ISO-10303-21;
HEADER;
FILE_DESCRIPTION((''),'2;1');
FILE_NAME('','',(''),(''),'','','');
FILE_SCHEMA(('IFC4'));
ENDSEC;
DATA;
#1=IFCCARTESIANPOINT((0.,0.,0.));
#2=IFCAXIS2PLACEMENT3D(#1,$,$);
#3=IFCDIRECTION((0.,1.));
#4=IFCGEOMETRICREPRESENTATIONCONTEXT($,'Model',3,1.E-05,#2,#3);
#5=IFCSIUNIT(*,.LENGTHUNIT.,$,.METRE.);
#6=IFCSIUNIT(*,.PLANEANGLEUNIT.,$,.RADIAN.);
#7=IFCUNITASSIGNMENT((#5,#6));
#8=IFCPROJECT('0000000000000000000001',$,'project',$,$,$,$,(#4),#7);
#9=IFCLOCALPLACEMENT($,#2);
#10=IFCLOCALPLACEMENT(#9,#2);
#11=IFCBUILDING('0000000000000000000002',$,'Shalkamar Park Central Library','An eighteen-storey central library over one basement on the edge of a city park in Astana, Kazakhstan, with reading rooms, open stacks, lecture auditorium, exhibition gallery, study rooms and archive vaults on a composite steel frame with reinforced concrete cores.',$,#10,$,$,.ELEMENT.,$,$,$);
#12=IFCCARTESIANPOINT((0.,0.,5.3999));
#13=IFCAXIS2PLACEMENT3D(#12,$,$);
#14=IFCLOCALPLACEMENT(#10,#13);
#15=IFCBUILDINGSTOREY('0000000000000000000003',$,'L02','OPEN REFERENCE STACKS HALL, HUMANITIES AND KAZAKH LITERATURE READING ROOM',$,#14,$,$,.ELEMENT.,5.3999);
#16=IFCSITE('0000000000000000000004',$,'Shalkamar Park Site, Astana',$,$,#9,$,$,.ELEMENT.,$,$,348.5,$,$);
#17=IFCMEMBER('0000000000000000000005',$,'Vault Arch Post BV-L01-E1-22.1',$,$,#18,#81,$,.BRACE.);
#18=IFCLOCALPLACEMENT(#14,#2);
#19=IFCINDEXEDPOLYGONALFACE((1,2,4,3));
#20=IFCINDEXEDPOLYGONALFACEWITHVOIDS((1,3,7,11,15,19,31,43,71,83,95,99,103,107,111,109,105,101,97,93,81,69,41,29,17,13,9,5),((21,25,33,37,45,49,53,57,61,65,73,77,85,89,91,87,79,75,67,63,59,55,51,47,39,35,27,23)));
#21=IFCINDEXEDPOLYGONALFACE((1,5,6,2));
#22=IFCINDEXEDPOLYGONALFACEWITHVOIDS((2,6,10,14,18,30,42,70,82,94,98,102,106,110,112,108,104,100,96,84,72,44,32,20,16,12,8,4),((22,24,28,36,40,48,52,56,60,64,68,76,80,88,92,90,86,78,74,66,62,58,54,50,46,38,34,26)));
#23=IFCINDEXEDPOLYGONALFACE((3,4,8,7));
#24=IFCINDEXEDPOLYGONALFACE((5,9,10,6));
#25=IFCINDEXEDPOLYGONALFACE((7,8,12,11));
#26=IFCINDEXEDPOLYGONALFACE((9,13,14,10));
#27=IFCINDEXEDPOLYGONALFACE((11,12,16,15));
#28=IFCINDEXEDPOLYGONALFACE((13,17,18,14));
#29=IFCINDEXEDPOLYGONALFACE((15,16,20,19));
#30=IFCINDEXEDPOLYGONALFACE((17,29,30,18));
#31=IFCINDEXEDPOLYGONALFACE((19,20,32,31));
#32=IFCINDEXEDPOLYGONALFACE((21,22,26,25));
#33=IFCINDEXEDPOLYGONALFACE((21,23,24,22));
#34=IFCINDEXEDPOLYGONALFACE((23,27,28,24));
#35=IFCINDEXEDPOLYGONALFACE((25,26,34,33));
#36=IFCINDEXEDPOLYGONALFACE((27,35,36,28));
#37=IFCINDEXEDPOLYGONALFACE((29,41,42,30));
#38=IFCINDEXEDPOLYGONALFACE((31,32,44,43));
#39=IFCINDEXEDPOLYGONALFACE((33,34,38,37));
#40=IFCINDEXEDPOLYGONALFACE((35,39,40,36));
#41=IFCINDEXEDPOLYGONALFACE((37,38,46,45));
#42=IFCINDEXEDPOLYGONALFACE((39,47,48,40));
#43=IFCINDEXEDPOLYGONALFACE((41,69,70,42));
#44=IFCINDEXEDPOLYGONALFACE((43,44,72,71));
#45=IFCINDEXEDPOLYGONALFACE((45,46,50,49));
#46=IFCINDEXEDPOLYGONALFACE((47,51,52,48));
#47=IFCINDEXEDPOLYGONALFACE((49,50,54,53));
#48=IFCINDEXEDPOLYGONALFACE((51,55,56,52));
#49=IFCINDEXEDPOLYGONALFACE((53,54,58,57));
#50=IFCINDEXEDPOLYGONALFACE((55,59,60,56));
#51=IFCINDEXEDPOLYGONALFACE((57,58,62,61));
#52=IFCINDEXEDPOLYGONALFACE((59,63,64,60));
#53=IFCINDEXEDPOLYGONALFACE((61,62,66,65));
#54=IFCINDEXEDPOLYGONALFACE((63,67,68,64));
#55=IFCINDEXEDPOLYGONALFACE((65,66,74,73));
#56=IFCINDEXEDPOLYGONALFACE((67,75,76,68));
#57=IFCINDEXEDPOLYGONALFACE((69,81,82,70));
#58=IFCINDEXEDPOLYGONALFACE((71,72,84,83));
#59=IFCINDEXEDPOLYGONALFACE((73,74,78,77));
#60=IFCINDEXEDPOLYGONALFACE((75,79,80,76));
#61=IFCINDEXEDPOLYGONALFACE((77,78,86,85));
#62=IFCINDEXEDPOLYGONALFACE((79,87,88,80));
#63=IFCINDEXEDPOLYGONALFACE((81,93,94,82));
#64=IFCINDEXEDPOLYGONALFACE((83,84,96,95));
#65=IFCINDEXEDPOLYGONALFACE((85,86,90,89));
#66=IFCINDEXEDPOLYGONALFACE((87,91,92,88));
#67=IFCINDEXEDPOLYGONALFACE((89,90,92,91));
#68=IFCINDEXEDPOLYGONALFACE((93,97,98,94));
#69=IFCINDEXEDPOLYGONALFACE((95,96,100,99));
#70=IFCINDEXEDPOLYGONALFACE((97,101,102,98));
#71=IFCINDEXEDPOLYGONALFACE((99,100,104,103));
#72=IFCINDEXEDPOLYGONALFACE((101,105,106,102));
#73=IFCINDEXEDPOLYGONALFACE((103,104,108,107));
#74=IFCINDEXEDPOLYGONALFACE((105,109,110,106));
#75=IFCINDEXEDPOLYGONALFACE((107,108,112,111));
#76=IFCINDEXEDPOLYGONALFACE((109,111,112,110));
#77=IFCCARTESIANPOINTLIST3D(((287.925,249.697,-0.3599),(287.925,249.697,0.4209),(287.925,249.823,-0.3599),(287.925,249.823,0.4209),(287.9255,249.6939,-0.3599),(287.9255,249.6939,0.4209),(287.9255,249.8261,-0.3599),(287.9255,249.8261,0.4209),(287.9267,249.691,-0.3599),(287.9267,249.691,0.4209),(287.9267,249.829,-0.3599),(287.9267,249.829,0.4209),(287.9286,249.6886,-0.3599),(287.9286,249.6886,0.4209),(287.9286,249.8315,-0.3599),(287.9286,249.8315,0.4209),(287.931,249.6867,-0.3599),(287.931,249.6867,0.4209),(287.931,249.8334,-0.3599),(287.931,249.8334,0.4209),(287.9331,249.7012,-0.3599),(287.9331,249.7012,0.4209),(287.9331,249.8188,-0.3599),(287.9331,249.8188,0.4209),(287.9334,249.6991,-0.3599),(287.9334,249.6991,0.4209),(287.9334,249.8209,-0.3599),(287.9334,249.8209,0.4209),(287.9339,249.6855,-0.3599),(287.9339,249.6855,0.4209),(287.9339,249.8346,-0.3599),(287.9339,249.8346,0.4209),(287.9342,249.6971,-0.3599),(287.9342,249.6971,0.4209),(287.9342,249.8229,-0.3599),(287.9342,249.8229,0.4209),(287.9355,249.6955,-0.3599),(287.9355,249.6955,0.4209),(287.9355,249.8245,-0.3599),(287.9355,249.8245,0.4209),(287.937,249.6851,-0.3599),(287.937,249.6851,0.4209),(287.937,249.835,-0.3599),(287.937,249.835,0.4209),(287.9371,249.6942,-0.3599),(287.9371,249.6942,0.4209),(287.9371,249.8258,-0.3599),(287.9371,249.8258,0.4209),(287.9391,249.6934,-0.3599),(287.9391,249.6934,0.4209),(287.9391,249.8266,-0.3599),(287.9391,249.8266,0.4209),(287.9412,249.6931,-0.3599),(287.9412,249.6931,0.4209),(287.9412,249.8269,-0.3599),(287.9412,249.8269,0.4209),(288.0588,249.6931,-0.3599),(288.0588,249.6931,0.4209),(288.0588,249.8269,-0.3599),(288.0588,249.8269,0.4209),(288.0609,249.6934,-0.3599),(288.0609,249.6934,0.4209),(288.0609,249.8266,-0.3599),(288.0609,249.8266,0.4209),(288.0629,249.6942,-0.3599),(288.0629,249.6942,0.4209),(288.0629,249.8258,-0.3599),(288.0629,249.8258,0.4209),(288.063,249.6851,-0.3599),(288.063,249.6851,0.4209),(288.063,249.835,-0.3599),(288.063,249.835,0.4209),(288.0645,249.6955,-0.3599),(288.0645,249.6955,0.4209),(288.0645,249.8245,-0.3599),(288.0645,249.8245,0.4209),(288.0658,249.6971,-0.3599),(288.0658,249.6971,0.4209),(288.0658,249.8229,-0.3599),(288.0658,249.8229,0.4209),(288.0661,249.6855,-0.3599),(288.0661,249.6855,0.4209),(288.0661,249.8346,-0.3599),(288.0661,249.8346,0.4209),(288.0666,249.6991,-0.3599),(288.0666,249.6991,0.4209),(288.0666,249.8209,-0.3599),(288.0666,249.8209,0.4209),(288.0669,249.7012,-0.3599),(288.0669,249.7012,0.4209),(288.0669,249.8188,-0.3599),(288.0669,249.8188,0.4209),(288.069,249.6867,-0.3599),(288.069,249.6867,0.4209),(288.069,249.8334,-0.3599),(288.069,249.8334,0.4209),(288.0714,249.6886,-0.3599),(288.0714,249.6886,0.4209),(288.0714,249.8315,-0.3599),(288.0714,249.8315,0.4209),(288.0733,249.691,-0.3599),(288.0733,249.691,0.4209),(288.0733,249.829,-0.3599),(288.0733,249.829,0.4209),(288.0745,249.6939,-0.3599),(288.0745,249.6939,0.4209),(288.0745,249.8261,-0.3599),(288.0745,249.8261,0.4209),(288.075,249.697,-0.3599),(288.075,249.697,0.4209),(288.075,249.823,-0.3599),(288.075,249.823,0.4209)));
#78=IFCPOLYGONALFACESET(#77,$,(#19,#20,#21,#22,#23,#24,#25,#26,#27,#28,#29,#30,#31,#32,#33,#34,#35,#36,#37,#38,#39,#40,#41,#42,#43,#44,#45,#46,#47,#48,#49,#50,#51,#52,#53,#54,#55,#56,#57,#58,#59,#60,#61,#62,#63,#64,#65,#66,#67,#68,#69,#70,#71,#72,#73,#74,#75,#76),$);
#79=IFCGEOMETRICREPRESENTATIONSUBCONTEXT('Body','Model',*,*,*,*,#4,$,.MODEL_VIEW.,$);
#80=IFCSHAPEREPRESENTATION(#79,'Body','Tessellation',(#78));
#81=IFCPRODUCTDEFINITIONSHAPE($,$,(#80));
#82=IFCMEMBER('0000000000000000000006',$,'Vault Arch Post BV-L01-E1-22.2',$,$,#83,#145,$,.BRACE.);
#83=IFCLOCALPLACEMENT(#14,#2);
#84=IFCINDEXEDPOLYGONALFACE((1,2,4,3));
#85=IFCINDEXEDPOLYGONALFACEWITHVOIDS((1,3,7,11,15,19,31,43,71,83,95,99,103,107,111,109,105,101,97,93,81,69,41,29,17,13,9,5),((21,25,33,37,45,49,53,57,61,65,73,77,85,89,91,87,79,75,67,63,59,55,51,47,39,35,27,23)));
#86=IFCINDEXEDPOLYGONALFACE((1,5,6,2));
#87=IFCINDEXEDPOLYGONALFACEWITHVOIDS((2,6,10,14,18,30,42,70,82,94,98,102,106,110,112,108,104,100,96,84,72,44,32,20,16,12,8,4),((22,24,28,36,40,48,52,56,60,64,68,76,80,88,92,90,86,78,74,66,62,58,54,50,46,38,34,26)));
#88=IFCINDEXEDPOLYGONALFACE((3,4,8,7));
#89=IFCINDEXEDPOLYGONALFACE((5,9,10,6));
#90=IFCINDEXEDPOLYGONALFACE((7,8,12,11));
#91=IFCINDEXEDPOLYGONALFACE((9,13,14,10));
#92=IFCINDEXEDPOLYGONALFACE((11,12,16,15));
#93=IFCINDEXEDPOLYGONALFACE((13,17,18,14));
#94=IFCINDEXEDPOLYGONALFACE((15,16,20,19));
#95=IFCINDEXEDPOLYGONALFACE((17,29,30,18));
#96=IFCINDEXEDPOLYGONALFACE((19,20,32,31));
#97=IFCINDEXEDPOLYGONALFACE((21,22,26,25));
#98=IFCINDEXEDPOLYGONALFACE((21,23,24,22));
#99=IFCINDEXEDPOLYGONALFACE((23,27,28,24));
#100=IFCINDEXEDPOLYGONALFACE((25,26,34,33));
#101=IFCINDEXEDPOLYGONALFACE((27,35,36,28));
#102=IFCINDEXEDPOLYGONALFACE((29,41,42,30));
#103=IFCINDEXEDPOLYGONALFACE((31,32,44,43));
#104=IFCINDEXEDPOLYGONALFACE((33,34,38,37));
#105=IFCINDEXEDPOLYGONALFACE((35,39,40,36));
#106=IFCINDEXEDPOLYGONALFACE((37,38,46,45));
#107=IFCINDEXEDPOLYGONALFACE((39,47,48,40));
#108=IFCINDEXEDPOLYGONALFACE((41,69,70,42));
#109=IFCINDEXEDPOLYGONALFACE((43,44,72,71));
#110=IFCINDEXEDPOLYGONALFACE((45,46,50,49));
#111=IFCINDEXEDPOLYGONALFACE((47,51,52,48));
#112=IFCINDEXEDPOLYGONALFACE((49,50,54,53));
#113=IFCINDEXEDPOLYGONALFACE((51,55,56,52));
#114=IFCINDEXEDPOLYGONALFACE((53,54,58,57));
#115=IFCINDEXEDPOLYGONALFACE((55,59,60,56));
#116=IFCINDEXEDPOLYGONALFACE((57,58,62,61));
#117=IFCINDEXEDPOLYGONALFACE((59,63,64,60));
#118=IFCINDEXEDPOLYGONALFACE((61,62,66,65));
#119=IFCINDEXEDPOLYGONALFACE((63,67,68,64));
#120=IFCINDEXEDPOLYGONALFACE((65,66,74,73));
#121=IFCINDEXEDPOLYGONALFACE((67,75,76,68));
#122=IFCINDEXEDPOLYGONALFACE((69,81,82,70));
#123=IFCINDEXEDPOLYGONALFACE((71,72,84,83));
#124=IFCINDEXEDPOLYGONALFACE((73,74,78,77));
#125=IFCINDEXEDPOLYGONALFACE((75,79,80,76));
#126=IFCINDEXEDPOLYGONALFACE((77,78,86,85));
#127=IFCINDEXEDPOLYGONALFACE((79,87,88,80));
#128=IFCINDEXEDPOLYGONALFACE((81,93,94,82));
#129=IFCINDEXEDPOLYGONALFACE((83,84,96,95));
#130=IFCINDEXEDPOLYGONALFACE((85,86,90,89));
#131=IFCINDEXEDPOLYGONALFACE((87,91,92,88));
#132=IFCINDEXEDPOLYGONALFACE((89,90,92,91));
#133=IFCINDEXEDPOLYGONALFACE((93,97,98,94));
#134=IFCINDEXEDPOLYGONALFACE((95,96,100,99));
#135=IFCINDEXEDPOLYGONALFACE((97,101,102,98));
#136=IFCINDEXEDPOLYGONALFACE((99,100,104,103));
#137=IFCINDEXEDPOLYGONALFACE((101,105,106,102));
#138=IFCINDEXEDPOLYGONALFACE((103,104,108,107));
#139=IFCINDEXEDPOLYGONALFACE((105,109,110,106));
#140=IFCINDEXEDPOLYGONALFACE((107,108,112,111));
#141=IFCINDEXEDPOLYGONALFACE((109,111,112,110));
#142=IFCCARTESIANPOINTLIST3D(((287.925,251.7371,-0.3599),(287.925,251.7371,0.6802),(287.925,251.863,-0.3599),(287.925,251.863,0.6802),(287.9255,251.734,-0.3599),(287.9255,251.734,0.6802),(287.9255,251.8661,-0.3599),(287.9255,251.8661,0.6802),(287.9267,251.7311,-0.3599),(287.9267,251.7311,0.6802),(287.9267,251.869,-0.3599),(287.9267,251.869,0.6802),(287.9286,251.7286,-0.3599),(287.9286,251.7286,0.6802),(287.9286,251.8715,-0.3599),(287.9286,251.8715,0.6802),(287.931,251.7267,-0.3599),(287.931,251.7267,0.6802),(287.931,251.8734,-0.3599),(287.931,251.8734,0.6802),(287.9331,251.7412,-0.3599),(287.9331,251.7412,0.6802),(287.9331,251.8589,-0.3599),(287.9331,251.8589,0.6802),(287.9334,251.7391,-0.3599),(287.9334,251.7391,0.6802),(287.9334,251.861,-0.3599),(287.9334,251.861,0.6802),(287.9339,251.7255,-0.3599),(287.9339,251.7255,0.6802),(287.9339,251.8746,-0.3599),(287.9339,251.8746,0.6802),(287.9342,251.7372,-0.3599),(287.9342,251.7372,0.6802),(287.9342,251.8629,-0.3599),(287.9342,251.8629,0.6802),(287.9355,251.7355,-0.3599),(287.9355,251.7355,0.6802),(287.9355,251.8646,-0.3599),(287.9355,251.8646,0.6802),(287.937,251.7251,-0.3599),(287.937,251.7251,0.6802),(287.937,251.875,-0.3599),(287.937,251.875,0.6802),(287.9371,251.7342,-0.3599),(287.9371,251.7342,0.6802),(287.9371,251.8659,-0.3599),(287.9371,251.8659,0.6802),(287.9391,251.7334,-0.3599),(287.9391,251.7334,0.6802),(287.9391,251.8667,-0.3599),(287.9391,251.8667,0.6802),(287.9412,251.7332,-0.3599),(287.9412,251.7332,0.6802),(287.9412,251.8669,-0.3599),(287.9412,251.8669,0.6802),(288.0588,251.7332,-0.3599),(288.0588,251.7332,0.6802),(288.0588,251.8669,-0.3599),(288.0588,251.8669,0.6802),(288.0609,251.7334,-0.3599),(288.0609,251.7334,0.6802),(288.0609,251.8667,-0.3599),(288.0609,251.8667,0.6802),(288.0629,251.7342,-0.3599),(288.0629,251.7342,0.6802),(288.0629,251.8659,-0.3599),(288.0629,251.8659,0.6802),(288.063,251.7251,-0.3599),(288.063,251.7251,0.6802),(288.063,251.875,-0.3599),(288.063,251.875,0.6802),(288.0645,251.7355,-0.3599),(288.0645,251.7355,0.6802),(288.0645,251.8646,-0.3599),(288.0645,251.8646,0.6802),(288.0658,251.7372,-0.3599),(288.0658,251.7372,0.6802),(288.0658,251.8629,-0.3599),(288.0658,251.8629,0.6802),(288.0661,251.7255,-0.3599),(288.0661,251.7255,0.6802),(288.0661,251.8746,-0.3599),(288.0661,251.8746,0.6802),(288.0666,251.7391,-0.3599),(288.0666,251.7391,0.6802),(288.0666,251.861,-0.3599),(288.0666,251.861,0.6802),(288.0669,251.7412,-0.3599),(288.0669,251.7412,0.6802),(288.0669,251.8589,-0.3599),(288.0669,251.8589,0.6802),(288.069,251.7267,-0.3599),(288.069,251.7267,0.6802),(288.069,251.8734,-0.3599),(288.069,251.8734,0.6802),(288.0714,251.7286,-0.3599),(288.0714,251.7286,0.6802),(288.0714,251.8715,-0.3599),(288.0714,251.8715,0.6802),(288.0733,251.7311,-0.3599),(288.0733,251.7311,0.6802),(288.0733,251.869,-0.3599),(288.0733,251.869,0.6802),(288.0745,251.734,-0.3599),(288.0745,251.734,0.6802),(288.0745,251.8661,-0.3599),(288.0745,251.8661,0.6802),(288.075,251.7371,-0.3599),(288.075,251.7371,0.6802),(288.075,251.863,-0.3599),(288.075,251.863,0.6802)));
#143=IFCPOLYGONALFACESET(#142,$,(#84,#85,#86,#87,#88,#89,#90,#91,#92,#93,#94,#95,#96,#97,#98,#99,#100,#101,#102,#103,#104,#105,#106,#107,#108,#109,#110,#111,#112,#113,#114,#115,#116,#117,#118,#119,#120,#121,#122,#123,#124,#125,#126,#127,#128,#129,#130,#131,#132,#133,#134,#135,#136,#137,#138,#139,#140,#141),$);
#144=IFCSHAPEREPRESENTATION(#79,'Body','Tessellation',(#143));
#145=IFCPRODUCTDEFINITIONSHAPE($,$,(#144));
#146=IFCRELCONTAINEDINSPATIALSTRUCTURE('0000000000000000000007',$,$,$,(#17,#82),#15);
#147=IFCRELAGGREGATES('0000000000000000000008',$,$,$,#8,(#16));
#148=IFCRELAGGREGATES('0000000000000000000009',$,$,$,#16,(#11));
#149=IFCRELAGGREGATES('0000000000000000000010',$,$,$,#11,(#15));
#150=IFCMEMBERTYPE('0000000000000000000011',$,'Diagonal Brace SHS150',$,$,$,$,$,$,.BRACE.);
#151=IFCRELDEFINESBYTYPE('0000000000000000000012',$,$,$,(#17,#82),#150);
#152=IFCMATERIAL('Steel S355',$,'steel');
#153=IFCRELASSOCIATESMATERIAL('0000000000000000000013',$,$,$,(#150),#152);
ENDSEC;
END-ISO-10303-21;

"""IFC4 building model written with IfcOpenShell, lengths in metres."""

from ifc_helpers import new_model, si_unit, direction, frame, origin, origin_2d, place, context, subcontext, project, spatial, hollow_rectangle, extrude, material, material_profile, profile_set, type_object, element, save


model = new_model("IFC4")

# Units and contexts
model_context = context("Model", 3, precision=1e-05, world=origin(), true_north=direction((0.0, 1.0)))
body_context = subcontext(model_context, "Body", "Model", "MODEL_VIEW")
ifc_project = project(units=[si_unit("LENGTHUNIT", "METRE"), si_unit("PLANEANGLEUNIT", "RADIAN")], contexts=[model_context])

# Site, building, storey
site_placement = place(None, origin())
site = spatial("IfcSite", under=ifc_project, at=site_placement, Name="Shalkamar Park Site, Astana", CompositionType="ELEMENT", RefElevation=348.5)
building_placement = place(site_placement, origin())
building = spatial("IfcBuilding", under=site, at=building_placement, Name="Shalkamar Park Central Library", Description="An eighteen-storey central library over one basement on the edge of a city park in Astana, Kazakhstan, with reading rooms, open stacks, lecture auditorium, exhibition gallery, study rooms and archive vaults on a composite steel frame with reinforced concrete cores.", CompositionType="ELEMENT")
storey_placement = place(building_placement, frame((0.0, 0.0, 5.3999)))
storey = spatial("IfcBuildingStorey", under=building, at=storey_placement, Name="L02", Description="OPEN REFERENCE STACKS HALL, HUMANITIES AND KAZAKH LITERATURE READING ROOM", CompositionType="ELEMENT", Elevation=5.3999)

# Shared definitions
ifc_material_1 = material(Name="Steel S355", Category="steel")

# Members
ifc_material_profile_1 = material_profile(ifc_material_1, hollow_rectangle(XDim=0.1499, YDim=0.1499, WallThickness=0.0081, InnerFilletRadius=0.0081, OuterFilletRadius=0.012, at=origin_2d()), Name="SHS 150x150x8")
ifc_profile_set_1 = profile_set([ifc_material_profile_1], Name="Steel S355")
member_type_1 = type_object("IfcMemberType", Name="Diagonal Brace SHS150", PredefinedType="BRACE", material=ifc_profile_set_1)
for number, where, z_axis, x_axis, name in (
    (1, (288.0, 249.76, -0.3599), (0.0, 0.0, 1.0), (1.0, 0.0, 0.0), "Vault Arch Post BV-L01-E1-22.1"),
):
    element("IfcMember", number, at=place(storey_placement, frame(where, z_axis=z_axis, x_axis=x_axis)), inside=storey, type_object=member_type_1, Name=name, PredefinedType="BRACE", context=body_context, shape_type="SweptSolid", body=[
        extrude(hollow_rectangle(XDim=0.1499, YDim=0.1499, WallThickness=0.0081, InnerFilletRadius=0.0081, OuterFilletRadius=0.012, at=origin_2d()), origin(), (0.0, 0.0, 1.0), 0.7808),
    ])
member_1_placement = place(storey_placement, frame((288.0, 251.8, -0.3599), z_axis=(0.0, 0.0, 1.0), x_axis=(1.0, 0.0, 0.0)))
element("IfcMember", 2, at=member_1_placement, inside=storey, type_object=member_type_1, Name="Vault Arch Post BV-L01-E1-22.2", PredefinedType="BRACE", context=body_context, shape_type="SweptSolid", body=[
    extrude(hollow_rectangle(XDim=0.1499, YDim=0.1499, WallThickness=0.0081, InnerFilletRadius=0.0081, OuterFilletRadius=0.012, at=origin_2d()), origin(), (0.0, 0.0, 1.0), 1.04),
])

save(model, "model.ifc")
